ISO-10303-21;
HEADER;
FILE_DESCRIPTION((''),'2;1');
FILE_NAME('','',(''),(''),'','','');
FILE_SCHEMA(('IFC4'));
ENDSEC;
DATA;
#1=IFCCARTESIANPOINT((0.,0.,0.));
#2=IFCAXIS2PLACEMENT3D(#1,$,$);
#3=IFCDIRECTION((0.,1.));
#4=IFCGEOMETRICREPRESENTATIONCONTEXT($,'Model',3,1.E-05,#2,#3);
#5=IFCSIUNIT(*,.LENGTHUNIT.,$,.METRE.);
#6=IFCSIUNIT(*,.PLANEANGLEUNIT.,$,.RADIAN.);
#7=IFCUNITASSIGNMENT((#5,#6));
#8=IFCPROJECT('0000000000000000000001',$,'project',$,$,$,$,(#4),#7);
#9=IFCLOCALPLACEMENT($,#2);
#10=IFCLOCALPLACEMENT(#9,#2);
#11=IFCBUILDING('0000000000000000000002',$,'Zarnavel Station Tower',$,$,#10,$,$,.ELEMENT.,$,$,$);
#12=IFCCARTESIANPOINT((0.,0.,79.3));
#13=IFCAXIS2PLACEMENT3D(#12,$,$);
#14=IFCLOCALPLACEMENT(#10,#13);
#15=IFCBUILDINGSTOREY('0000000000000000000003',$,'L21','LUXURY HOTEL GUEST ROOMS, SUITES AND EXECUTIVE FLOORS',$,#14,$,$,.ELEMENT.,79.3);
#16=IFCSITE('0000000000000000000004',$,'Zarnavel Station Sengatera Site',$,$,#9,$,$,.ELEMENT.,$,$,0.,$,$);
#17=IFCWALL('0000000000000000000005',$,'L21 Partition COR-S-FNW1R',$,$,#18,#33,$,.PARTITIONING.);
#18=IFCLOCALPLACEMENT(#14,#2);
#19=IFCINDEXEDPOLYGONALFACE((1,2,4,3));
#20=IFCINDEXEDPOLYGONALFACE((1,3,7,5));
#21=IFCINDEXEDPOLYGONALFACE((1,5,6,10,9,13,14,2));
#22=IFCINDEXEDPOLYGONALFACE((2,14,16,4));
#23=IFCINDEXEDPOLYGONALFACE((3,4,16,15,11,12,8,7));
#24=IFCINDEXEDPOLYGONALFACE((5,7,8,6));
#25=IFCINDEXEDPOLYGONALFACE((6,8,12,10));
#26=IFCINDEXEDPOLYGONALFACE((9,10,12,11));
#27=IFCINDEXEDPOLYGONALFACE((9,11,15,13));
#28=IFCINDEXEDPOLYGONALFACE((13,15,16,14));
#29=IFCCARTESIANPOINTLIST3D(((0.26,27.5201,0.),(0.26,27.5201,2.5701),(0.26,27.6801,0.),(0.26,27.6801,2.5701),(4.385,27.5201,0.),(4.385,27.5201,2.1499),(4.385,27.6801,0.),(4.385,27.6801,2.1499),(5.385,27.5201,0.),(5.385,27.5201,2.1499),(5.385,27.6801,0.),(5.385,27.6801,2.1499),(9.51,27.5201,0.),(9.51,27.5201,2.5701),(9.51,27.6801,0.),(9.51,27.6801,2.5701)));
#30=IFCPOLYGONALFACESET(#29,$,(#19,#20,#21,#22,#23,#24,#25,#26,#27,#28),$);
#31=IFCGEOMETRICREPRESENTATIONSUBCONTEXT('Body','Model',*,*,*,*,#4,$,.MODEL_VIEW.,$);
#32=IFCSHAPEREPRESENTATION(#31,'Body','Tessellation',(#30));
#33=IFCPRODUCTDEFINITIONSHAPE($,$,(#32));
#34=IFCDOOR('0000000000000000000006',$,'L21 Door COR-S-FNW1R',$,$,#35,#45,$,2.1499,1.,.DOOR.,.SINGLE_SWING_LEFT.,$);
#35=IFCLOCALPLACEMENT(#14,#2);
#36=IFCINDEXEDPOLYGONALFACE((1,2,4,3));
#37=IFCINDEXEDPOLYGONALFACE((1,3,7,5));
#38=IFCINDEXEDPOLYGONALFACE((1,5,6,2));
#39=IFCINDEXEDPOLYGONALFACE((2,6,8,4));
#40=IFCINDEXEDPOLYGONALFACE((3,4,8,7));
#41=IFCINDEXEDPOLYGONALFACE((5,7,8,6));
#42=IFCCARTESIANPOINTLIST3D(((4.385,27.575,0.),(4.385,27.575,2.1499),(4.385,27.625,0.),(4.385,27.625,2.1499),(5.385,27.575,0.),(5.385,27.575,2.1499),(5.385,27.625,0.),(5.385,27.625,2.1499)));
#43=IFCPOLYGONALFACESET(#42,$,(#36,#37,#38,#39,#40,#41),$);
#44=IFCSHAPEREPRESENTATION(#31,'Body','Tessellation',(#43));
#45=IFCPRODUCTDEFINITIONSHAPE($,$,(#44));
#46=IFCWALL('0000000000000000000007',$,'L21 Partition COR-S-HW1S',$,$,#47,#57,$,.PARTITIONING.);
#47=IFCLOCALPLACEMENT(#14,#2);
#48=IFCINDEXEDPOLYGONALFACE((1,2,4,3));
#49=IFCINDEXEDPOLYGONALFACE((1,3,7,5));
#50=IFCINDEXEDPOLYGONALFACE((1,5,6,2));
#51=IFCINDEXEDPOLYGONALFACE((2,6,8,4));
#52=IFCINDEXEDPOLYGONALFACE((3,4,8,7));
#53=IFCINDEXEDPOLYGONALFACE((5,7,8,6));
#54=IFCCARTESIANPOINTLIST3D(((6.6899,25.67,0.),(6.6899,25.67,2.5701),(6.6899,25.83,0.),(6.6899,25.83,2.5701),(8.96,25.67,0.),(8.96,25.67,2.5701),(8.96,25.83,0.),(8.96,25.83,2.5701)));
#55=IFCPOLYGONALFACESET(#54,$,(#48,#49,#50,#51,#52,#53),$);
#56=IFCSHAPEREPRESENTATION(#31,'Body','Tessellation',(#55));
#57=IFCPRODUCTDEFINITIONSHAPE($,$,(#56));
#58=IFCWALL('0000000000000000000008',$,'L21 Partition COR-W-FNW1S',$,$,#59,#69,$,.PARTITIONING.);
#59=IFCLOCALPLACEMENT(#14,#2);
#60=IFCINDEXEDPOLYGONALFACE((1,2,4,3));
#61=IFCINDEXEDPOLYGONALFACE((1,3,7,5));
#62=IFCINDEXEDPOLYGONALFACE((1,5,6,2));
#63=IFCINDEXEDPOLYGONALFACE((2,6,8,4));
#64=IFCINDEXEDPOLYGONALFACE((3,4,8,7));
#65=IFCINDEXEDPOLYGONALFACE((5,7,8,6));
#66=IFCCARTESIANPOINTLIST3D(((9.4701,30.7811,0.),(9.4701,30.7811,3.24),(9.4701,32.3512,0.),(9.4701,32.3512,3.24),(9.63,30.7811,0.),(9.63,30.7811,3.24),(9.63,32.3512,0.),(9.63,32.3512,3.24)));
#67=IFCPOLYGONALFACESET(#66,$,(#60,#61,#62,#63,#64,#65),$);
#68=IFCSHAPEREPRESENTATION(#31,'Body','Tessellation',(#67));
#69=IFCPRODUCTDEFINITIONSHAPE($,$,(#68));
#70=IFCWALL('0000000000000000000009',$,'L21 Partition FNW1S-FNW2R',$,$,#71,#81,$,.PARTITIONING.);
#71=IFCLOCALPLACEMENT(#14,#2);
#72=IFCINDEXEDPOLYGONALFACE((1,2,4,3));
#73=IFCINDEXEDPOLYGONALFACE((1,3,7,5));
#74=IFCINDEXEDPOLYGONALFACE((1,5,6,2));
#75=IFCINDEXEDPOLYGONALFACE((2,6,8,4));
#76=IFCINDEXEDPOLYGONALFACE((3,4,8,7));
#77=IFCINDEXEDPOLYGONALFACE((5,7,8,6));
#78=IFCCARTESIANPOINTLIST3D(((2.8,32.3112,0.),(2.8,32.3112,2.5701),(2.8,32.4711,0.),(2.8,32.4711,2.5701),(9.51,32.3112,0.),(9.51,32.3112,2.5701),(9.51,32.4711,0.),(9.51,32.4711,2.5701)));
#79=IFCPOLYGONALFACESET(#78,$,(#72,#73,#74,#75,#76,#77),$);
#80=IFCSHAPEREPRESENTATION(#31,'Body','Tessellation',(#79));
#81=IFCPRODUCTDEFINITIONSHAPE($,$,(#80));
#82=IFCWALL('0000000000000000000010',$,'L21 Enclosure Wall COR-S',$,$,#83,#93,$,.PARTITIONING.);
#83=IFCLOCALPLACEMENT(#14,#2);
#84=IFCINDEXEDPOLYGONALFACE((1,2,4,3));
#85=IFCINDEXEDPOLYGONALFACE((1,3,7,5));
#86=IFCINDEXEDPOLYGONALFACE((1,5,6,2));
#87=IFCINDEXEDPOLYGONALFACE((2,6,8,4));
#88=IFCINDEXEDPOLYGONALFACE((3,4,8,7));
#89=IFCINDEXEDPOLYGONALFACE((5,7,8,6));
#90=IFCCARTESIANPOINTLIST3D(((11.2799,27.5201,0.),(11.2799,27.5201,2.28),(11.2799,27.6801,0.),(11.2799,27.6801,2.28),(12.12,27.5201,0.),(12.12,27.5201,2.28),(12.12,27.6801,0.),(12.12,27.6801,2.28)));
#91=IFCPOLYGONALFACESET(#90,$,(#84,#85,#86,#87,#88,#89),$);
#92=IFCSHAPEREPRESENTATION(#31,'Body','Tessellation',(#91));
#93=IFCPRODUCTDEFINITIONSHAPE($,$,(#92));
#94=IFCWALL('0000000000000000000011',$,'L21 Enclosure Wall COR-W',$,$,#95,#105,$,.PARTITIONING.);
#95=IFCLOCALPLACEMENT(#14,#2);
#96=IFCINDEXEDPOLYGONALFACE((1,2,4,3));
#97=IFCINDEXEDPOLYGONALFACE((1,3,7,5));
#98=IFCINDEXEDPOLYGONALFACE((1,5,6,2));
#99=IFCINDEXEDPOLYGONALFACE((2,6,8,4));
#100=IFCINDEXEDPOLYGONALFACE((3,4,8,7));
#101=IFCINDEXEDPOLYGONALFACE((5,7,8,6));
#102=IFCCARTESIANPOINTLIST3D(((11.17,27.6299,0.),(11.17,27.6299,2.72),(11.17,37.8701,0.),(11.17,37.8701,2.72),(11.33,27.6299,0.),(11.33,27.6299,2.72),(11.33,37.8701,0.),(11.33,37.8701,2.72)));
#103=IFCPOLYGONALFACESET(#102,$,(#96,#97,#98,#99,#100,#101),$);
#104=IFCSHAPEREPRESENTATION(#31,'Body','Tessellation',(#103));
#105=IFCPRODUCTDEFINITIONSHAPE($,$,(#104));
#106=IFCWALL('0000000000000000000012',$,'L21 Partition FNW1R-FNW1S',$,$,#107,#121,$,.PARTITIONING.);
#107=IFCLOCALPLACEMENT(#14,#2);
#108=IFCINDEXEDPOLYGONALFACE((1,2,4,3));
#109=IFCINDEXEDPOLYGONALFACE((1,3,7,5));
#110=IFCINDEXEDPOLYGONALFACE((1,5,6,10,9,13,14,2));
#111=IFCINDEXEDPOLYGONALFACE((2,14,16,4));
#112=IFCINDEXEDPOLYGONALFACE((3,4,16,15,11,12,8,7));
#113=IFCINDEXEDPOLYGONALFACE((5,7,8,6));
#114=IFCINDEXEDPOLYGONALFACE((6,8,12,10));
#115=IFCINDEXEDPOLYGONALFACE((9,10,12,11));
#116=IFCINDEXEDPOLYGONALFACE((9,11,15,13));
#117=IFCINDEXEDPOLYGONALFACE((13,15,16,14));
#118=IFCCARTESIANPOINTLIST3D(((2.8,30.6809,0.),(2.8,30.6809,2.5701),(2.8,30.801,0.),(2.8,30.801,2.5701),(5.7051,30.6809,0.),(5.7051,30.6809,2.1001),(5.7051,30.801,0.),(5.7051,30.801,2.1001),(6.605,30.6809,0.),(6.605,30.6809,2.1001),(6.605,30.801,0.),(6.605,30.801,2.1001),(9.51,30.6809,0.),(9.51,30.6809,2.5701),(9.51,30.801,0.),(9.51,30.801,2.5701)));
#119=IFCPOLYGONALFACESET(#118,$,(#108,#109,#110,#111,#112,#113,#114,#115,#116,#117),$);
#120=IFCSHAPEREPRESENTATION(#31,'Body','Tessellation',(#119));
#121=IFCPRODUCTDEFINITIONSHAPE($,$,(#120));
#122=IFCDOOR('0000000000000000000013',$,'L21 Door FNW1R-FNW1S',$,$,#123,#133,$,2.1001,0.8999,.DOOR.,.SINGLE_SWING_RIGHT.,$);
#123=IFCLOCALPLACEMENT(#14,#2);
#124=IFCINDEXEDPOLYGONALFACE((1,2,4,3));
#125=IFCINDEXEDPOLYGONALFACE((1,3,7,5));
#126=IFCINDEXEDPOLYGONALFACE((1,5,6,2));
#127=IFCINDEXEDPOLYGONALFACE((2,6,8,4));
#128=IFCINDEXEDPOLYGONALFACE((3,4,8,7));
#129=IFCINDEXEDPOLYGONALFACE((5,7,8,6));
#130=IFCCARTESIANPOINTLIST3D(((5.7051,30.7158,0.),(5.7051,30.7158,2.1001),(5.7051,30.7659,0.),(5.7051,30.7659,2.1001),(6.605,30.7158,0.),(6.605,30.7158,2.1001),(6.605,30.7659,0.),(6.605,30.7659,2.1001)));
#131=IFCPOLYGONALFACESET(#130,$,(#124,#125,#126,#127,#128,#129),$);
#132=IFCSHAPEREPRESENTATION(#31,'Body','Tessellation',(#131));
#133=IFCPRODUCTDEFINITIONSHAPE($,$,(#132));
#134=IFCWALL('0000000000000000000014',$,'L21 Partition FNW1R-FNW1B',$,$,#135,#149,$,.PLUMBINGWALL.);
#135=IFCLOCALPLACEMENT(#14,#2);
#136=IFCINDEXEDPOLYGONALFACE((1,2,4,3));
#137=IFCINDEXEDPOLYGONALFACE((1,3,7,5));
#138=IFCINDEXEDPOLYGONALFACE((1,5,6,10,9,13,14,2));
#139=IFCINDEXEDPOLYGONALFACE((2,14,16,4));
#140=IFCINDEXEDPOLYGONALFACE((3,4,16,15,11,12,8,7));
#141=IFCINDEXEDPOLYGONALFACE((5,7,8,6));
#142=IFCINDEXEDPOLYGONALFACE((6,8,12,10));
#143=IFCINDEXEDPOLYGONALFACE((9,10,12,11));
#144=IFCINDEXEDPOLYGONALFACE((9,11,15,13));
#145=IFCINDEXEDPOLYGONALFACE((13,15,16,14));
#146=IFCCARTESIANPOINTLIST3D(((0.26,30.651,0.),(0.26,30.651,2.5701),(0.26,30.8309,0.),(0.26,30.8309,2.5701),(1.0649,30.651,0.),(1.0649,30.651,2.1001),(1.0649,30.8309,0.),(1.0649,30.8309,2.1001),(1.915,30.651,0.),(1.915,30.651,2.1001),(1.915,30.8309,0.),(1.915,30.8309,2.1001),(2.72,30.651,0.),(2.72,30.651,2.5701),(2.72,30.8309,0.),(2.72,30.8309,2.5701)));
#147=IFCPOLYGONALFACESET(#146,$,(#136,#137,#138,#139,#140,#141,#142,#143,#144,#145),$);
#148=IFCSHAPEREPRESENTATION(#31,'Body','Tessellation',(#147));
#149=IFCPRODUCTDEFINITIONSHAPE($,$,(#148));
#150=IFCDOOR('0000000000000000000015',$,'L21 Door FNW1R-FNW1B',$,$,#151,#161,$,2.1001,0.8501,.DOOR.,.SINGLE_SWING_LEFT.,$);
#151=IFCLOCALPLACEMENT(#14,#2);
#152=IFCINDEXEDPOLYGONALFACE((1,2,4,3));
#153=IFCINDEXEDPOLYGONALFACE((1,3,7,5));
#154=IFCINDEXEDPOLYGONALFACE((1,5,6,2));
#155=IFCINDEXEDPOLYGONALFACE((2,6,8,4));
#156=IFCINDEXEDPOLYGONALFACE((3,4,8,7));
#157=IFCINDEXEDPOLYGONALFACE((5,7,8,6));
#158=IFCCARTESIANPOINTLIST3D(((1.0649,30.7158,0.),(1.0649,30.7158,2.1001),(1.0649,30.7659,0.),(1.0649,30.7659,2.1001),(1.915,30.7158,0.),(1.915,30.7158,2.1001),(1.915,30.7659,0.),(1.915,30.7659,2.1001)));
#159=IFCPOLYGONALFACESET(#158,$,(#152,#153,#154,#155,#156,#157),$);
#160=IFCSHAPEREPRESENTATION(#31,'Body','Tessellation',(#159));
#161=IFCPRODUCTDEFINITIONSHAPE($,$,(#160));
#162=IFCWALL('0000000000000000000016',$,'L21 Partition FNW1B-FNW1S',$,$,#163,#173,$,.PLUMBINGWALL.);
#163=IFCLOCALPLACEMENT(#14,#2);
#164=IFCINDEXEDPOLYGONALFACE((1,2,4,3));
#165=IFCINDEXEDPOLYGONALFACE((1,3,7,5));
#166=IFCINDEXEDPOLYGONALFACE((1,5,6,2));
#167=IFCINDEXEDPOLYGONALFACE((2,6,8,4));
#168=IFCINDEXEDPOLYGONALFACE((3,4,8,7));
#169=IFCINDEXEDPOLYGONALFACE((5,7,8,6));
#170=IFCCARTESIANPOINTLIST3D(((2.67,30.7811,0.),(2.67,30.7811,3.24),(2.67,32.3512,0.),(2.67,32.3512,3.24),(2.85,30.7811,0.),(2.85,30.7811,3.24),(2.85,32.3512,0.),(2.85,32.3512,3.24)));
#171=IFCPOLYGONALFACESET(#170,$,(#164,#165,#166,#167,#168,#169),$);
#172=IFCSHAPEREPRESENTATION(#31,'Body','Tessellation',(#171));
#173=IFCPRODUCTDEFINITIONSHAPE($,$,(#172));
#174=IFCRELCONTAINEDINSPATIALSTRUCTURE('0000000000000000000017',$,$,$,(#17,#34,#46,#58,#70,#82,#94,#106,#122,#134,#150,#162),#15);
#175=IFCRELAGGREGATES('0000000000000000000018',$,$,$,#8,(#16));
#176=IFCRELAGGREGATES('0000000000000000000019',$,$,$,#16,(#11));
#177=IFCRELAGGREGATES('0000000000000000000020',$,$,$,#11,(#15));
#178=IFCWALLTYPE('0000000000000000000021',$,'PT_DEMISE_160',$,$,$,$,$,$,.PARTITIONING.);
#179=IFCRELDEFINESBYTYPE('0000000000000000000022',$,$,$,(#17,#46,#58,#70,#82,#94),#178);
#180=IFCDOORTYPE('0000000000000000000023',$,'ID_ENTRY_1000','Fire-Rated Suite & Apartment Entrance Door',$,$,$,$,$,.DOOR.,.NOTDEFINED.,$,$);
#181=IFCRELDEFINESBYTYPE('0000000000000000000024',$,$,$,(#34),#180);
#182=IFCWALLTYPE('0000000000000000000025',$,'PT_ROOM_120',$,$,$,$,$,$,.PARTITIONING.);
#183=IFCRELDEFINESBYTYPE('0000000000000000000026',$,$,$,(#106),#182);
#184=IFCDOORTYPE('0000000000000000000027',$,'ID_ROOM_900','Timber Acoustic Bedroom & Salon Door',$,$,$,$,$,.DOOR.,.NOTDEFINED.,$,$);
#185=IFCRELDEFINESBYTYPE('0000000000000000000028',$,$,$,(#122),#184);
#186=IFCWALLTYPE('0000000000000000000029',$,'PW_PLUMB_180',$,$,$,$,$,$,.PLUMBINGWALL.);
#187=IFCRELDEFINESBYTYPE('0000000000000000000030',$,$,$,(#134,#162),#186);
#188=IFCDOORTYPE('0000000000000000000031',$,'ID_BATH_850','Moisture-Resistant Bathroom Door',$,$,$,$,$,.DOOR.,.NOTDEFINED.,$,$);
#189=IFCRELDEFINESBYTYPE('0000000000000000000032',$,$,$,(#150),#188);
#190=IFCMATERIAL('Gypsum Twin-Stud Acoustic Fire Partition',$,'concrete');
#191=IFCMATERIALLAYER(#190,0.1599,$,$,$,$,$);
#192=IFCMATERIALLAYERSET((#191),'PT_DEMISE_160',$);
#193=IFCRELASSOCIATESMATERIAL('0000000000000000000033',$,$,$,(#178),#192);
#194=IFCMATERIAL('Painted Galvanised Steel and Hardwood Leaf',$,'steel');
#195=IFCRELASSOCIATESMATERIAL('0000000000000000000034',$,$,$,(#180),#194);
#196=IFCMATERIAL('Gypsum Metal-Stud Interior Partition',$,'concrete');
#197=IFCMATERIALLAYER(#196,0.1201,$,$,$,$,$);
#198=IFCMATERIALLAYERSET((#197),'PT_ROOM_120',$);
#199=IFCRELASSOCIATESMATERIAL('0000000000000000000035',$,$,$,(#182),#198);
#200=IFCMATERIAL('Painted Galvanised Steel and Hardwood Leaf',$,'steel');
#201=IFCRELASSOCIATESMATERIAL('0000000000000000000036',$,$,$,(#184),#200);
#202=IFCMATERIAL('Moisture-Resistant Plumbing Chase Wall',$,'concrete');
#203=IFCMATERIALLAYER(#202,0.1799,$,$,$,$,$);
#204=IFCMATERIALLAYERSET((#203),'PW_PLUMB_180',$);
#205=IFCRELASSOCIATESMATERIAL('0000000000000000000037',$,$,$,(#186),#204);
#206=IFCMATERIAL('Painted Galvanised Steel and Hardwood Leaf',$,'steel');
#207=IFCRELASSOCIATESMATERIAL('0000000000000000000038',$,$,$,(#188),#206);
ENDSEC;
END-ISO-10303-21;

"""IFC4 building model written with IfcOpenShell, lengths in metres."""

from ifc_helpers import new_model, si_unit, direction, frame, frame_2d, origin, place, context, subcontext, project, spatial, rectangle, extrude, material, layer, layer_set, type_object, element, fill, save


model = new_model("IFC4")

# Units and contexts
model_context = context("Model", 3, precision=1e-05, world=origin(), true_north=direction((0.0, 1.0)))
body_context = subcontext(model_context, "Body", "Model", "MODEL_VIEW")
ifc_project = project(units=[si_unit("LENGTHUNIT", "METRE"), si_unit("PLANEANGLEUNIT", "RADIAN")], contexts=[model_context])

# Site, building, storey
site_placement = place(None, origin())
site = spatial("IfcSite", under=ifc_project, at=site_placement, Name="Zarnavel Station Sengatera Site", CompositionType="ELEMENT", RefElevation=0.0)
building_placement = place(site_placement, origin())
building = spatial("IfcBuilding", under=site, at=building_placement, Name="Zarnavel Station Tower", CompositionType="ELEMENT")
storey_placement = place(building_placement, frame((0.0, 0.0, 79.3)))
storey = spatial("IfcBuildingStorey", under=building, at=storey_placement, Name="L21", Description="LUXURY HOTEL GUEST ROOMS, SUITES AND EXECUTIVE FLOORS", CompositionType="ELEMENT", Elevation=79.3)

# Wall, opening, door
ifc_material_1 = material(Name="Gypsum Twin-Stud Acoustic Fire Partition", Category="concrete")
ifc_layer_1 = layer(ifc_material_1, 0.1599)
ifc_layer_set_1 = layer_set([ifc_layer_1], Name="PT_DEMISE_160")
wall_type_1 = type_object("IfcWallType", Name="PT_DEMISE_160", PredefinedType="PARTITIONING", material=ifc_layer_set_1)
wall_1_placement = place(storey_placement, frame((0.26, 27.6001, 0.0), z_axis=(0.0, 0.0, 1.0), x_axis=(1.0, 0.0, 0.0)))
wall_1 = element("IfcWall", 1, at=wall_1_placement, inside=storey, type_object=wall_type_1, Name="L21 Partition COR-S-FNW1R", PredefinedType="PARTITIONING", context=body_context, shape_type="SweptSolid", body=[
    extrude(rectangle(XDim=9.25, YDim=0.1599, at=frame_2d((4.625, 0.0))), origin(), (0.0, 0.0, 1.0), 2.5701),
])
opening_1_placement = place(wall_1_placement, frame((4.125, 0.0, 0.0)))
opening_1 = element("IfcOpeningElement", 2, at=opening_1_placement, cuts=wall_1, PredefinedType="OPENING", context=body_context, shape_type="SweptSolid", body=[
    extrude(rectangle(XDim=1.0, YDim=2.1499, at=frame_2d((0.5, 1.075))), frame((0.0, 0.0898, 0.0), z_axis=(0.0, -1.0, 0.0), x_axis=(1.0, 0.0, 0.0)), (0.0, 0.0, 1.0), 0.1799),
])
ifc_material_2 = material(Name="Painted Galvanised Steel and Hardwood Leaf", Category="steel")
door_type_1 = type_object("IfcDoorType", Name="ID_ENTRY_1000", Description="Fire-Rated Suite & Apartment Entrance Door", OperationType="NOTDEFINED", PredefinedType="DOOR", material=ifc_material_2)
door_1_placement = place(opening_1_placement, origin())
door_1 = element("IfcDoor", 3, at=door_1_placement, inside=storey, type_object=door_type_1, Name="L21 Door COR-S-FNW1R", OperationType="SINGLE_SWING_LEFT", OverallHeight=2.1499, OverallWidth=1.0, PredefinedType="DOOR", context=body_context, shape_type="SweptSolid", body=[
    extrude(rectangle(XDim=1.0, YDim=2.1499, at=frame_2d((0.5, 1.075))), frame((0.0, 0.0249, 0.0), z_axis=(0.0, -1.0, 0.0), x_axis=(1.0, 0.0, 0.0)), (0.0, 0.0, 1.0), 0.05),
])
fill(opening_1, door_1)

# Wall
wall_2_placement = place(storey_placement, frame((6.6899, 25.75, 0.0), z_axis=(0.0, 0.0, 1.0), x_axis=(1.0, 0.0, 0.0)))
element("IfcWall", 4, at=wall_2_placement, inside=storey, type_object=wall_type_1, Name="L21 Partition COR-S-HW1S", PredefinedType="PARTITIONING", context=body_context, shape_type="SweptSolid", body=[
    extrude(rectangle(XDim=2.27, YDim=0.1599, at=frame_2d((1.135, 0.0))), origin(), (0.0, 0.0, 1.0), 2.5701),
])

# Wall
wall_3_placement = place(storey_placement, frame((9.55, 30.781, 0.0), z_axis=(0.0, 0.0, 1.0), x_axis=(0.0, 1.0, 0.0)))
element("IfcWall", 5, at=wall_3_placement, inside=storey, type_object=wall_type_1, Name="L21 Partition COR-W-FNW1S", PredefinedType="PARTITIONING", context=body_context, shape_type="SweptSolid", body=[
    extrude(rectangle(XDim=1.5701, YDim=0.1599, at=frame_2d((0.7852, 0.0))), origin(), (0.0, 0.0, 1.0), 3.24),
])

# Walls
wall_4_placement = place(storey_placement, frame((2.8, 32.3911, 0.0), z_axis=(0.0, 0.0, 1.0), x_axis=(1.0, 0.0, 0.0)))
element("IfcWall", 6, at=wall_4_placement, inside=storey, type_object=wall_type_1, Name="L21 Partition FNW1S-FNW2R", PredefinedType="PARTITIONING", context=body_context, shape_type="SweptSolid", body=[
    extrude(rectangle(XDim=6.71, YDim=0.1599, at=frame_2d((3.355, 0.0))), origin(), (0.0, 0.0, 1.0), 2.5701),
])
wall_5_placement = place(storey_placement, frame((11.28, 27.6001, 0.0), z_axis=(0.0, 0.0, 1.0), x_axis=(1.0, 0.0, 0.0)))
element("IfcWall", 7, at=wall_5_placement, inside=storey, type_object=wall_type_1, Name="L21 Enclosure Wall COR-S", PredefinedType="PARTITIONING", context=body_context, shape_type="SweptSolid", body=[
    extrude(rectangle(XDim=0.8401, YDim=0.1599, at=frame_2d((0.4199, 0.0))), origin(), (0.0, 0.0, 1.0), 2.28),
])
wall_6_placement = place(storey_placement, frame((11.25, 27.6299, 0.0), z_axis=(0.0, 0.0, 1.0), x_axis=(0.0, 1.0, 0.0)))
element("IfcWall", 8, at=wall_6_placement, inside=storey, type_object=wall_type_1, Name="L21 Enclosure Wall COR-W", PredefinedType="PARTITIONING", context=body_context, shape_type="SweptSolid", body=[
    extrude(rectangle(XDim=10.2402, YDim=0.1599, at=frame_2d((5.1201, 0.0))), origin(), (0.0, 0.0, 1.0), 2.72),
])

# Walls, openings, doors
ifc_material_3 = material(Name="Gypsum Metal-Stud Interior Partition", Category="concrete")
ifc_layer_2 = layer(ifc_material_3, 0.1201)
ifc_layer_set_2 = layer_set([ifc_layer_2], Name="PT_ROOM_120")
wall_type_2 = type_object("IfcWallType", Name="PT_ROOM_120", PredefinedType="PARTITIONING", material=ifc_layer_set_2)
wall_7_placement = place(storey_placement, frame((2.8, 30.741, 0.0), z_axis=(0.0, 0.0, 1.0), x_axis=(1.0, 0.0, 0.0)))
wall_7 = element("IfcWall", 9, at=wall_7_placement, inside=storey, type_object=wall_type_2, Name="L21 Partition FNW1R-FNW1S", PredefinedType="PARTITIONING", context=body_context, shape_type="SweptSolid", body=[
    extrude(rectangle(XDim=6.71, YDim=0.1201, at=frame_2d((3.355, 0.0))), origin(), (0.0, 0.0, 1.0), 2.5701),
])
opening_2_placement = place(wall_7_placement, frame((2.905, 0.0, 0.0)))
opening_2 = element("IfcOpeningElement", 10, at=opening_2_placement, cuts=wall_7, PredefinedType="OPENING", context=body_context, shape_type="SweptSolid", body=[
    extrude(rectangle(XDim=0.8999, YDim=2.1001, at=frame_2d((0.45, 1.05))), frame((0.0, 0.0701, 0.0), z_axis=(0.0, -1.0, 0.0), x_axis=(1.0, 0.0, 0.0)), (0.0, 0.0, 1.0), 0.1401),
])
ifc_material_4 = material(Name="Painted Galvanised Steel and Hardwood Leaf", Category="steel")
door_type_2 = type_object("IfcDoorType", Name="ID_ROOM_900", Description="Timber Acoustic Bedroom & Salon Door", OperationType="NOTDEFINED", PredefinedType="DOOR", material=ifc_material_4)
door_2_placement = place(opening_2_placement, origin())
door_2 = element("IfcDoor", 11, at=door_2_placement, inside=storey, type_object=door_type_2, Name="L21 Door FNW1R-FNW1S", OperationType="SINGLE_SWING_RIGHT", OverallHeight=2.1001, OverallWidth=0.8999, PredefinedType="DOOR", context=body_context, shape_type="SweptSolid", body=[
    extrude(rectangle(XDim=0.8999, YDim=2.1001, at=frame_2d((0.45, 1.05))), frame((0.0, 0.0249, 0.0), z_axis=(0.0, -1.0, 0.0), x_axis=(1.0, 0.0, 0.0)), (0.0, 0.0, 1.0), 0.05),
])
fill(opening_2, door_2)
ifc_material_5 = material(Name="Moisture-Resistant Plumbing Chase Wall", Category="concrete")
ifc_layer_3 = layer(ifc_material_5, 0.1799)
ifc_layer_set_3 = layer_set([ifc_layer_3], Name="PW_PLUMB_180")
wall_type_3 = type_object("IfcWallType", Name="PW_PLUMB_180", PredefinedType="PLUMBINGWALL", material=ifc_layer_set_3)
wall_8_placement = place(storey_placement, frame((0.26, 30.741, 0.0), z_axis=(0.0, 0.0, 1.0), x_axis=(1.0, 0.0, 0.0)))
wall_8 = element("IfcWall", 12, at=wall_8_placement, inside=storey, type_object=wall_type_3, Name="L21 Partition FNW1R-FNW1B", PredefinedType="PLUMBINGWALL", context=body_context, shape_type="SweptSolid", body=[
    extrude(rectangle(XDim=2.46, YDim=0.1799, at=frame_2d((1.23, 0.0))), origin(), (0.0, 0.0, 1.0), 2.5701),
])
opening_3_placement = place(wall_8_placement, frame((0.8049, 0.0, 0.0)))
opening_3 = element("IfcOpeningElement", 13, at=opening_3_placement, cuts=wall_8, PredefinedType="OPENING", context=body_context, shape_type="SweptSolid", body=[
    extrude(rectangle(XDim=0.8501, YDim=2.1001, at=frame_2d((0.425, 1.05))), frame((0.0, 0.0999, 0.0), z_axis=(0.0, -1.0, 0.0), x_axis=(1.0, 0.0, 0.0)), (0.0, 0.0, 1.0), 0.2),
])
ifc_material_6 = material(Name="Painted Galvanised Steel and Hardwood Leaf", Category="steel")
door_type_3 = type_object("IfcDoorType", Name="ID_BATH_850", Description="Moisture-Resistant Bathroom Door", OperationType="NOTDEFINED", PredefinedType="DOOR", material=ifc_material_6)
door_3_placement = place(opening_3_placement, origin())
door_3 = element("IfcDoor", 14, at=door_3_placement, inside=storey, type_object=door_type_3, Name="L21 Door FNW1R-FNW1B", OperationType="SINGLE_SWING_LEFT", OverallHeight=2.1001, OverallWidth=0.8501, PredefinedType="DOOR", context=body_context, shape_type="SweptSolid", body=[
    extrude(rectangle(XDim=0.8501, YDim=2.1001, at=frame_2d((0.425, 1.05))), frame((0.0, 0.0249, 0.0), z_axis=(0.0, -1.0, 0.0), x_axis=(1.0, 0.0, 0.0)), (0.0, 0.0, 1.0), 0.05),
])
fill(opening_3, door_3)

# Wall
wall_9_placement = place(storey_placement, frame((2.76, 30.781, 0.0), z_axis=(0.0, 0.0, 1.0), x_axis=(0.0, 1.0, 0.0)))
element("IfcWall", 15, at=wall_9_placement, inside=storey, type_object=wall_type_3, Name="L21 Partition FNW1B-FNW1S", PredefinedType="PLUMBINGWALL", context=body_context, shape_type="SweptSolid", body=[
    extrude(rectangle(XDim=1.5701, YDim=0.1799, at=frame_2d((0.7852, 0.0))), origin(), (0.0, 0.0, 1.0), 3.24),
])

save(model, "model.ifc")
